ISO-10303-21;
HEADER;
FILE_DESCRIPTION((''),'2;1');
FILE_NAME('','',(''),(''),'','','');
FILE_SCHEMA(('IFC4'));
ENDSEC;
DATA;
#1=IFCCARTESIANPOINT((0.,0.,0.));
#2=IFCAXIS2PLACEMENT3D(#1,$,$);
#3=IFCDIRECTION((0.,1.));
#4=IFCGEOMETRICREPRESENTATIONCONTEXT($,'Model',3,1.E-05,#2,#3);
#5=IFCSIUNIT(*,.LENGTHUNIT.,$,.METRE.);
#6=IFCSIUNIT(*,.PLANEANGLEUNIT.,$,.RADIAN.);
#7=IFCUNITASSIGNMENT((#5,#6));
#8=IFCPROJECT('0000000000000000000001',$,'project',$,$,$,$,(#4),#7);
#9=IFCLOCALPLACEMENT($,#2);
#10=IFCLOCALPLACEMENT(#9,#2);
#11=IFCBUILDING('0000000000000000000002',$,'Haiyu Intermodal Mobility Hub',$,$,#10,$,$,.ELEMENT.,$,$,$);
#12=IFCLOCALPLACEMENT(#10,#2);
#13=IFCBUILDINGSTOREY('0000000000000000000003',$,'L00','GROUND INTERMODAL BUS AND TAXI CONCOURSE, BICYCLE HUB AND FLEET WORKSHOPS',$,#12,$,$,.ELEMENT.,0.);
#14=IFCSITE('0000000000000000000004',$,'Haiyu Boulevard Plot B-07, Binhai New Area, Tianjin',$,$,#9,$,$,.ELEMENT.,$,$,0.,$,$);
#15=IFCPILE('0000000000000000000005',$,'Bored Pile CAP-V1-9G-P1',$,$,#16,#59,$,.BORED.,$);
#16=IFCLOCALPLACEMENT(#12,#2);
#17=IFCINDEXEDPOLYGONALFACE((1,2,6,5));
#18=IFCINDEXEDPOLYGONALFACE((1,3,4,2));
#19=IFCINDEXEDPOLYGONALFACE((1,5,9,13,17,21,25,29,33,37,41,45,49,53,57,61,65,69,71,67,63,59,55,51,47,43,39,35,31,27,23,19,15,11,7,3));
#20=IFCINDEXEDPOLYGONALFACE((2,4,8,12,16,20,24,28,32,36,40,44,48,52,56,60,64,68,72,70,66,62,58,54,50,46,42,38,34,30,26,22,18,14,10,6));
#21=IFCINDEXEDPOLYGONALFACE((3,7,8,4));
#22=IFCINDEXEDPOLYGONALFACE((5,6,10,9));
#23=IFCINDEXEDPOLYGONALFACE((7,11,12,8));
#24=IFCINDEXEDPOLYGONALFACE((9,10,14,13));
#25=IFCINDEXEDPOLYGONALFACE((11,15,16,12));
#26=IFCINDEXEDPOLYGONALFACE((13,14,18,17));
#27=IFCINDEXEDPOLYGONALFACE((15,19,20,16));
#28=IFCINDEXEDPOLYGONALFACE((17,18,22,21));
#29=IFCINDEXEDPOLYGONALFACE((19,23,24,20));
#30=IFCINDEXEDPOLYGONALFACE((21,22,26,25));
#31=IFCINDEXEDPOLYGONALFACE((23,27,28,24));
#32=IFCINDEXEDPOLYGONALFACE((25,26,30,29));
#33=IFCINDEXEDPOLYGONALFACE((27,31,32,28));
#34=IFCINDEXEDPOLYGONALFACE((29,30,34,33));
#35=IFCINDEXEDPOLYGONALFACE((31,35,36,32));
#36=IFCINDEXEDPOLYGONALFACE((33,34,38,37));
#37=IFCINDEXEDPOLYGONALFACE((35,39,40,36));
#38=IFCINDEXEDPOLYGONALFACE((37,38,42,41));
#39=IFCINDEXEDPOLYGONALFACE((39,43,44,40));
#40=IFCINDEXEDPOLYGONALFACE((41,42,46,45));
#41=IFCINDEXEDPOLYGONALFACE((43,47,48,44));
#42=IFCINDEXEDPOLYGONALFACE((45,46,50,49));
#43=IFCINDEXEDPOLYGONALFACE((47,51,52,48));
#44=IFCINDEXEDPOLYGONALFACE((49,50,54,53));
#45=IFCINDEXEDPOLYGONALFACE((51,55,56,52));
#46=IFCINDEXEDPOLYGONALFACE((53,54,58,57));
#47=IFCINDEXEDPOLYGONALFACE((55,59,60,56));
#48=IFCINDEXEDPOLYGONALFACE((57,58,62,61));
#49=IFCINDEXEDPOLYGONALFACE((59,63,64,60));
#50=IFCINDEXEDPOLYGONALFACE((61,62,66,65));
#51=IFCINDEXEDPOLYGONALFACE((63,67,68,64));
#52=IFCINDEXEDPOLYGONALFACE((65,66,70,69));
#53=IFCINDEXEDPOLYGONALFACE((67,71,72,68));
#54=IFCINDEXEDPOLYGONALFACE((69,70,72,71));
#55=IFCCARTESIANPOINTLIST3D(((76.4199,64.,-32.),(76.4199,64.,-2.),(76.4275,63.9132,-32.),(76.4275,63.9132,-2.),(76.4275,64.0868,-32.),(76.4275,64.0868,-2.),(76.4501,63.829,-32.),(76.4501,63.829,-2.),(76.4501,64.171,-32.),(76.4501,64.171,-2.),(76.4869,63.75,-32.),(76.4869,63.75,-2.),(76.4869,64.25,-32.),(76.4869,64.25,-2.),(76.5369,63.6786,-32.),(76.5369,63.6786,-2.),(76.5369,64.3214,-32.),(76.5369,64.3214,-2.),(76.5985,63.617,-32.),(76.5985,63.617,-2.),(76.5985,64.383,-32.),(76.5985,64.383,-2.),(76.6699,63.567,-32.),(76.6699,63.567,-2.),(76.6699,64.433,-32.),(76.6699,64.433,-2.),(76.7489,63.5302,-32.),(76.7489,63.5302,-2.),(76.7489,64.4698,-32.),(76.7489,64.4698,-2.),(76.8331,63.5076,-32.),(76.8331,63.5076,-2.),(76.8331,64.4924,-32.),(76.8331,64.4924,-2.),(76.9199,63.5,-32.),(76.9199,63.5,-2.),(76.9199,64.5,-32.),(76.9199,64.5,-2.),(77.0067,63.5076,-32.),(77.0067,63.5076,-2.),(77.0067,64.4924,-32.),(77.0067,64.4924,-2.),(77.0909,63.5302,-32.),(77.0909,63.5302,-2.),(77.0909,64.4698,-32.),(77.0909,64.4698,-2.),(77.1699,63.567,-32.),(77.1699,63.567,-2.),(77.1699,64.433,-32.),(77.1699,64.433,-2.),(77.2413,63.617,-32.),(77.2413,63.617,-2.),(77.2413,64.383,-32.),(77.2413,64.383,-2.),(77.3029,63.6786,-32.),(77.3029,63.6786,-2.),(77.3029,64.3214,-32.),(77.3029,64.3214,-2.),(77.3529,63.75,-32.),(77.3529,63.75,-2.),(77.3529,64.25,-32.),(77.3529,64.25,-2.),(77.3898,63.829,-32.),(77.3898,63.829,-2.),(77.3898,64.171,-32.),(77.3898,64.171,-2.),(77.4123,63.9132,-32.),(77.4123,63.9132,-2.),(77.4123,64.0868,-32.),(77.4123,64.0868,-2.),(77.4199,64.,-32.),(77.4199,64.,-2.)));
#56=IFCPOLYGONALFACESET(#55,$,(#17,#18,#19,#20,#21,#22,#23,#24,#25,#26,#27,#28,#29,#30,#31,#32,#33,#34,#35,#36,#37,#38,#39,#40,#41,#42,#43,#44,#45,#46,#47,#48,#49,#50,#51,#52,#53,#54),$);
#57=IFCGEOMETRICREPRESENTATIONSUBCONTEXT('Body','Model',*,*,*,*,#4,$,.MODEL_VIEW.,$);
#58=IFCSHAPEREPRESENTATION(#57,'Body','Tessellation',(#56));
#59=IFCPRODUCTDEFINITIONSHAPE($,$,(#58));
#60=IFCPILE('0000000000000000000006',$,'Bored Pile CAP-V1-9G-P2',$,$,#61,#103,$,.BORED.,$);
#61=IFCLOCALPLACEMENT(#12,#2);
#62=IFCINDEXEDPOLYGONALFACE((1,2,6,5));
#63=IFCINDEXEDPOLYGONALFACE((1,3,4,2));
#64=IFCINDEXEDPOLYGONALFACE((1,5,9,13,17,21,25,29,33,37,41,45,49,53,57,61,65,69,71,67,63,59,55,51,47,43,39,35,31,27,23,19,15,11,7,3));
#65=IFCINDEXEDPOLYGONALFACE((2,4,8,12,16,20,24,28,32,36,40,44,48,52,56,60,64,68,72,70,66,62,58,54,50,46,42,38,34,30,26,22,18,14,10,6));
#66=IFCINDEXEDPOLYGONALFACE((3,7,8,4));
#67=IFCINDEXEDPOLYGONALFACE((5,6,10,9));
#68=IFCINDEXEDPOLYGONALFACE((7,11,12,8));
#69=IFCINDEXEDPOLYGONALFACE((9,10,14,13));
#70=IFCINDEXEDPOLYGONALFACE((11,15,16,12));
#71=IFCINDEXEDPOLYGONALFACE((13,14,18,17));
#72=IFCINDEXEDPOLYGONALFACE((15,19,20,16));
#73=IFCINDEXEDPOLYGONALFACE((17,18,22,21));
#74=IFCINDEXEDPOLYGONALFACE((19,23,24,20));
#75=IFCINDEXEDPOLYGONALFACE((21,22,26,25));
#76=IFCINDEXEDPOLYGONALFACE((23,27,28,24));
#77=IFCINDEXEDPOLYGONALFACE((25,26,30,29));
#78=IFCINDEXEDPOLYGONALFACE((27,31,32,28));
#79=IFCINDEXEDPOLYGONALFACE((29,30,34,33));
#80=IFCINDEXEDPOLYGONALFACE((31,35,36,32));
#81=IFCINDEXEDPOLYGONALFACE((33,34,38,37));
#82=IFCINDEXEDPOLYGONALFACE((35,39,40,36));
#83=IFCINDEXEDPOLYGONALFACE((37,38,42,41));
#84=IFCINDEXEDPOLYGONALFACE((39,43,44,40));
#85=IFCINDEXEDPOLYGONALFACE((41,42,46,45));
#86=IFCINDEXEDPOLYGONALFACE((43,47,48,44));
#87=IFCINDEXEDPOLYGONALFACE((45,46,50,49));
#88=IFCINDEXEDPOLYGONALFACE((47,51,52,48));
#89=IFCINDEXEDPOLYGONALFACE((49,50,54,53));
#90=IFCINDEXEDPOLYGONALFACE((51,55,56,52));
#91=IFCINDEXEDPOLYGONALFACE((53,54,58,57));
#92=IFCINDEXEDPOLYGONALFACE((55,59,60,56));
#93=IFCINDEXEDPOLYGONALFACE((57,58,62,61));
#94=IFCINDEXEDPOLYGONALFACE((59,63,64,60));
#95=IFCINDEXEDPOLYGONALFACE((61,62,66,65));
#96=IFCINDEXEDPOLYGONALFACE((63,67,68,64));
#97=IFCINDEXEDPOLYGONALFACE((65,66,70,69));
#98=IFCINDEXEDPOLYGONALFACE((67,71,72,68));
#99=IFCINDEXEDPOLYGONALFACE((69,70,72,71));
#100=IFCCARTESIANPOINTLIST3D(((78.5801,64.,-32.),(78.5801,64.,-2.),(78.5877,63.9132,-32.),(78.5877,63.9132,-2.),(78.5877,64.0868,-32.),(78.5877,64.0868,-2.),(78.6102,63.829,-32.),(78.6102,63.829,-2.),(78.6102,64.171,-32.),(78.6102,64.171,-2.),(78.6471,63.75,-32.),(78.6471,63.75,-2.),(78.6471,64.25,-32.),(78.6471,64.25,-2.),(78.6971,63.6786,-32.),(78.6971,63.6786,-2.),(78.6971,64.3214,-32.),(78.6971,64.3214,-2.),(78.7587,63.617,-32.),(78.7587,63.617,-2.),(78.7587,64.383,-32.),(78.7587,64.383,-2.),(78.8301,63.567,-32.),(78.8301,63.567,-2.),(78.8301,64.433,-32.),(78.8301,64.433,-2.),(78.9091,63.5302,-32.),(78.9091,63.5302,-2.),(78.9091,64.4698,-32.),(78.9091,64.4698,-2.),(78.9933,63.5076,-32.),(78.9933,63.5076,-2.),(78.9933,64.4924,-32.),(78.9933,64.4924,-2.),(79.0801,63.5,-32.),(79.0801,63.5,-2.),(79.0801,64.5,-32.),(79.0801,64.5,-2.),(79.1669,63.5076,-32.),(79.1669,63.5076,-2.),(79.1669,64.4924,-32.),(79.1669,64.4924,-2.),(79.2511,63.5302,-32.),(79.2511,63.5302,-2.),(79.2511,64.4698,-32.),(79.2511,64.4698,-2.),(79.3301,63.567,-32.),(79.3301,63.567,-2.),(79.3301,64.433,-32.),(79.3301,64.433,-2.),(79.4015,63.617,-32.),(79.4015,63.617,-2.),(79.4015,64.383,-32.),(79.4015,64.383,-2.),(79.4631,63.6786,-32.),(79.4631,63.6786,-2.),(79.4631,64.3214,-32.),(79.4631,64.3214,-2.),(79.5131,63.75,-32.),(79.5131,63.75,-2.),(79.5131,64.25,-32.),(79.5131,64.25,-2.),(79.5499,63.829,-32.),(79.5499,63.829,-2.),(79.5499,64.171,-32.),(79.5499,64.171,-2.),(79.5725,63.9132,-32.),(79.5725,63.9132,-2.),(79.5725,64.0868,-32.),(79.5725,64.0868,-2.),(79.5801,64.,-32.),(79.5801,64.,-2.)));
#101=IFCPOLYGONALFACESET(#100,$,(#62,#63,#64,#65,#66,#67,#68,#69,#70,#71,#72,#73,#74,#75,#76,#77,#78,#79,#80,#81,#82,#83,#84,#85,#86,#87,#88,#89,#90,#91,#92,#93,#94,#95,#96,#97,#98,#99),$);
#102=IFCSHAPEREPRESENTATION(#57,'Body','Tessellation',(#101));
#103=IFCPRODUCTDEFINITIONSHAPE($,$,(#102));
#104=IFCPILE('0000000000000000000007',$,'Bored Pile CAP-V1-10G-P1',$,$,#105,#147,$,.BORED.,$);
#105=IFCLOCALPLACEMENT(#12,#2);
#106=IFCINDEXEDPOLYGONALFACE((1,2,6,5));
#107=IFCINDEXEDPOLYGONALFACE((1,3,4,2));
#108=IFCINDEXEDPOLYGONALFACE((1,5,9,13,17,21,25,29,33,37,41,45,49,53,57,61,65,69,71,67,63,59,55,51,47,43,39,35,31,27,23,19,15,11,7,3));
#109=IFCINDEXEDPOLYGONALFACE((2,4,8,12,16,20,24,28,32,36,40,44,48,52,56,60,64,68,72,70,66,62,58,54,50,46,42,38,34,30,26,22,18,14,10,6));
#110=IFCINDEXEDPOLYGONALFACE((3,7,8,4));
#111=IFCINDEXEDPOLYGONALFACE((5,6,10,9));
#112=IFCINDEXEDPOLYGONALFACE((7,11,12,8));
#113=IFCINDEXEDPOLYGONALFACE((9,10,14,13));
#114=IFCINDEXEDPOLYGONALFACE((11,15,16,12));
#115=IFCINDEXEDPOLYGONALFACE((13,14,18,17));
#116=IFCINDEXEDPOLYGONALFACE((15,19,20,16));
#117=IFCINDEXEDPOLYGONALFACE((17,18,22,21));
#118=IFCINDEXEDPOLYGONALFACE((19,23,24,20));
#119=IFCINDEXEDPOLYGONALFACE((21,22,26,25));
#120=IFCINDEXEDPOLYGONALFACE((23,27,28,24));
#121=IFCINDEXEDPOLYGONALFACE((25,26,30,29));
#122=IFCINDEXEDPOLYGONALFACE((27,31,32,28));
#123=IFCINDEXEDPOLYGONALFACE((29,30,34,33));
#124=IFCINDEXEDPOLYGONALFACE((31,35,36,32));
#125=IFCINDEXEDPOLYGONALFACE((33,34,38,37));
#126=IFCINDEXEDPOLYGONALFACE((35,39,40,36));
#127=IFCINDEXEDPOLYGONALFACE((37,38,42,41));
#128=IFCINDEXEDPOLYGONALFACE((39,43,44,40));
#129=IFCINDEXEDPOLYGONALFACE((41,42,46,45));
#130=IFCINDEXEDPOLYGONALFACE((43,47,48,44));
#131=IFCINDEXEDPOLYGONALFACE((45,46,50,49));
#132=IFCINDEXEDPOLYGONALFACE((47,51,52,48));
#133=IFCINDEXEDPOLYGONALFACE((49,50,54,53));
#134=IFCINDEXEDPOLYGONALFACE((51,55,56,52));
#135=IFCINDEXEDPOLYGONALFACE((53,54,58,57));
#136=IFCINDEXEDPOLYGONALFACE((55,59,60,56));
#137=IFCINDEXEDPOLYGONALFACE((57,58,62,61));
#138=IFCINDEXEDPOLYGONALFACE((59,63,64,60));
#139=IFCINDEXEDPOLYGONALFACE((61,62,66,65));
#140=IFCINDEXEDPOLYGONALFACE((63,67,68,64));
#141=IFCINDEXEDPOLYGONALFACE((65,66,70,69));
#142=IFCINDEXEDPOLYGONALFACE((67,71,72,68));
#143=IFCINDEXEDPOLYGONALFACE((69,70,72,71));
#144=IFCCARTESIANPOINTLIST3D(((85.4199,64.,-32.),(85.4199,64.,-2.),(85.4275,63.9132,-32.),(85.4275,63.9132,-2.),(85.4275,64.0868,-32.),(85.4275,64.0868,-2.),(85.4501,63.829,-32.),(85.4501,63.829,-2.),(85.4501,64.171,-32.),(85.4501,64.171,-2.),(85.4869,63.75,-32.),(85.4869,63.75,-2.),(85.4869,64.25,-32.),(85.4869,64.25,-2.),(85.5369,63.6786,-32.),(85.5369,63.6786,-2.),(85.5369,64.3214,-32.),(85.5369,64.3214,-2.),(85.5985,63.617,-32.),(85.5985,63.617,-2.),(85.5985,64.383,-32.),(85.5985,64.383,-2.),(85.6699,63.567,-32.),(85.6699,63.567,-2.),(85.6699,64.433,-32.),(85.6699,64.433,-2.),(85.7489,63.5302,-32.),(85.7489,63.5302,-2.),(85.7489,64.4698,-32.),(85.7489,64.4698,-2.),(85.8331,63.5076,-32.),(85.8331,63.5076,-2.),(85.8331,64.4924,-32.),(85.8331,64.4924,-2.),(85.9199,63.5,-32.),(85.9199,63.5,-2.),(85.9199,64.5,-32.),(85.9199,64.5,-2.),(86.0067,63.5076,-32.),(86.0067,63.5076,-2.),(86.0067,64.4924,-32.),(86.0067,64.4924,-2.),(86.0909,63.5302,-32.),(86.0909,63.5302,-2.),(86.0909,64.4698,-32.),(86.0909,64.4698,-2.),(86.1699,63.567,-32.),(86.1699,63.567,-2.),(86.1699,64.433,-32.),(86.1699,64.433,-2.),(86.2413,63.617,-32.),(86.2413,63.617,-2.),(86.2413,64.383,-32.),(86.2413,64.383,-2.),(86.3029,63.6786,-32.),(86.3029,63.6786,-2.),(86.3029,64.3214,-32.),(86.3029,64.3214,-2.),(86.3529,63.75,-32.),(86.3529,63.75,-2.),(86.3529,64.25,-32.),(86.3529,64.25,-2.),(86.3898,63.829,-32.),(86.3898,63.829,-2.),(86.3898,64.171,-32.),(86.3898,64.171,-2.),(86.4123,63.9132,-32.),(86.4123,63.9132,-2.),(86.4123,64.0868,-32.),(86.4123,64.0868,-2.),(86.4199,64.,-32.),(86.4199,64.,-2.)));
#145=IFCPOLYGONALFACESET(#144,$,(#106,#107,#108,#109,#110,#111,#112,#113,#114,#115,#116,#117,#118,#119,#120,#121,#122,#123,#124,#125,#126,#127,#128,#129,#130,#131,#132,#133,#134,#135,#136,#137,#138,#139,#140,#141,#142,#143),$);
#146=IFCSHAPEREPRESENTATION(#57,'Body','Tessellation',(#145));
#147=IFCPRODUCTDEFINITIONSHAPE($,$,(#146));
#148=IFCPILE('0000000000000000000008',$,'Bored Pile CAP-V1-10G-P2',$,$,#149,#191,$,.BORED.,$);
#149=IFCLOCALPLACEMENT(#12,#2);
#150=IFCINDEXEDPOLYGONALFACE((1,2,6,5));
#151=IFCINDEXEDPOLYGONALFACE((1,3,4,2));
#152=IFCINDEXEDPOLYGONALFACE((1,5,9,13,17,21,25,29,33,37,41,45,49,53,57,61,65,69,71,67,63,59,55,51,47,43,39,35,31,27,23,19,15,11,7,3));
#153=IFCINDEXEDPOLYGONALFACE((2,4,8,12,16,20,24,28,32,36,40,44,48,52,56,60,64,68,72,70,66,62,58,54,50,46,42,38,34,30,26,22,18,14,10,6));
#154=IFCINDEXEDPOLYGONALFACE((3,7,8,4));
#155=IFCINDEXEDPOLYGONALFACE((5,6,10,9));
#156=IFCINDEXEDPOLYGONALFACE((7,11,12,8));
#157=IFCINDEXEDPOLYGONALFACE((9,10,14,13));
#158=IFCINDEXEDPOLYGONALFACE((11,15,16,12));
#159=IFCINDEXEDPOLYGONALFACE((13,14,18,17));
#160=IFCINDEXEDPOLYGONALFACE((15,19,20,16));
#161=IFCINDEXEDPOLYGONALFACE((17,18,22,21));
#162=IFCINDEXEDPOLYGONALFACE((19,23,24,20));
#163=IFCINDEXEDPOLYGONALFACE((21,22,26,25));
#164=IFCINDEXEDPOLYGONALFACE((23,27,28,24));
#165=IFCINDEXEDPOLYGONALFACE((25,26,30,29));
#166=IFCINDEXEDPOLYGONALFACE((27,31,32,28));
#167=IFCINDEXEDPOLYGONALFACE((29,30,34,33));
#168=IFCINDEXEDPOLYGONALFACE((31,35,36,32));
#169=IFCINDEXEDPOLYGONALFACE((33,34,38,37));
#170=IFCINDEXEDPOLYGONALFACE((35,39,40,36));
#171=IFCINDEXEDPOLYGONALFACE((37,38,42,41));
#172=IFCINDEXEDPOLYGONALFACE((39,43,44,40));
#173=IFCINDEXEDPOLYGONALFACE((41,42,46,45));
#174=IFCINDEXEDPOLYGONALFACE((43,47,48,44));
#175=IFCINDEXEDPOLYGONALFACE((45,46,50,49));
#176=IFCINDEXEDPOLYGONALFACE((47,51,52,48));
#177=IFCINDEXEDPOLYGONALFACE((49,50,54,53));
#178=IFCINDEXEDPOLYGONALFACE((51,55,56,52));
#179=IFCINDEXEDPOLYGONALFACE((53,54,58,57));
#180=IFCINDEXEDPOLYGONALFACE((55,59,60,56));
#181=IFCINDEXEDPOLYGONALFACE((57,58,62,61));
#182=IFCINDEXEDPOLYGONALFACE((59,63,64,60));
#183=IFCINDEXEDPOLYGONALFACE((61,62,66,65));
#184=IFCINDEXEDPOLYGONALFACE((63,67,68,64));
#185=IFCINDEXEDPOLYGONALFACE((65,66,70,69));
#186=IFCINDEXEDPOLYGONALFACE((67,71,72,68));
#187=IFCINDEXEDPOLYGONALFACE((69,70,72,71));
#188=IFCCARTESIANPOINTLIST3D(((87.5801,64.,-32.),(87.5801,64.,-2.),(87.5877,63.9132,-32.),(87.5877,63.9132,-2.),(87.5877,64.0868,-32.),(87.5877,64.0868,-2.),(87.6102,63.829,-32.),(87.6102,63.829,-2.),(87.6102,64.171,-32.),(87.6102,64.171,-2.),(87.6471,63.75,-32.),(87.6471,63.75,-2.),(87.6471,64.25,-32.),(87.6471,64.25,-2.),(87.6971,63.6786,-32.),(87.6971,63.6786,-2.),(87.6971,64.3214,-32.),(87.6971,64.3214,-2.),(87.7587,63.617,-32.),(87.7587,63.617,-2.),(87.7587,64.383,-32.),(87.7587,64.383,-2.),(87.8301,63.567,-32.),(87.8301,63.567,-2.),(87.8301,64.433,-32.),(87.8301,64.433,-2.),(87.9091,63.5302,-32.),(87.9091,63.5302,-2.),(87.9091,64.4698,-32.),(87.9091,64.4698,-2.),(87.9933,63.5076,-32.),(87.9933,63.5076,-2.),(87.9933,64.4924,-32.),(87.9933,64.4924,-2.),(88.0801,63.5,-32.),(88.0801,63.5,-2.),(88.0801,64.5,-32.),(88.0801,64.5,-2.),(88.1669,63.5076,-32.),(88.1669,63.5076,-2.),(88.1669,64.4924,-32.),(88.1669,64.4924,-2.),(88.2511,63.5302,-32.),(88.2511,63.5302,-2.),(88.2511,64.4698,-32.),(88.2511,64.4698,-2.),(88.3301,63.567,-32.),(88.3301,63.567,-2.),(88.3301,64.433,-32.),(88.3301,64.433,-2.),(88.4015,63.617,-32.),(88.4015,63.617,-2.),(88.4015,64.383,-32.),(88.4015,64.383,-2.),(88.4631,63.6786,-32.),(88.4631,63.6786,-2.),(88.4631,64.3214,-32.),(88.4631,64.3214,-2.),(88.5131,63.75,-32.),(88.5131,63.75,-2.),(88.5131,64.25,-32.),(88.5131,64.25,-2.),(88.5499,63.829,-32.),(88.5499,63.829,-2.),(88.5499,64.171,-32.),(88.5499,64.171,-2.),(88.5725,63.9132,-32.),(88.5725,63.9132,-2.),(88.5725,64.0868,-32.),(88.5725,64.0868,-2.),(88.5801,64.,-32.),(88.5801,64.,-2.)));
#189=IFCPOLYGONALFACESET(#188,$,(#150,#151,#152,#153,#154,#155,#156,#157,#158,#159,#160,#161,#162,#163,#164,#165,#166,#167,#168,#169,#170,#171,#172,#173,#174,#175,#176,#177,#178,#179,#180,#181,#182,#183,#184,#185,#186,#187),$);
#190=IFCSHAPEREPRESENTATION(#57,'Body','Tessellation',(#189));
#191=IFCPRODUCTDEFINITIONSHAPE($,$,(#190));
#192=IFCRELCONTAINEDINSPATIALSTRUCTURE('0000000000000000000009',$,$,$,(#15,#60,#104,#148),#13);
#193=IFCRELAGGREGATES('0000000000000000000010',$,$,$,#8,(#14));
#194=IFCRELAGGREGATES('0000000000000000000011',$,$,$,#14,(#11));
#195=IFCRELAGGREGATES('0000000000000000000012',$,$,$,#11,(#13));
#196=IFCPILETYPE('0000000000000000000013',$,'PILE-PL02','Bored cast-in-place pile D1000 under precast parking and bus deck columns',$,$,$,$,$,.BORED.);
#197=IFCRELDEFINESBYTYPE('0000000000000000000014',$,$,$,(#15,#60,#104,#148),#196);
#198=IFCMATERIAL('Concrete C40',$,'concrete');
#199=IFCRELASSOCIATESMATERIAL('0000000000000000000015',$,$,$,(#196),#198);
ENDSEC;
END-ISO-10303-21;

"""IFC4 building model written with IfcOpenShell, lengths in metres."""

from ifc_helpers import new_model, si_unit, direction, frame, origin, origin_2d, place, context, subcontext, project, spatial, circle, extrude, material, material_profile, profile_set, type_object, element, save


model = new_model("IFC4")

# Units and contexts
model_context = context("Model", 3, precision=1e-05, world=origin(), true_north=direction((0.0, 1.0)))
body_context = subcontext(model_context, "Body", "Model", "MODEL_VIEW")
ifc_project = project(units=[si_unit("LENGTHUNIT", "METRE"), si_unit("PLANEANGLEUNIT", "RADIAN")], contexts=[model_context])

# Site, building, storey
site_placement = place(None, origin())
site = spatial("IfcSite", under=ifc_project, at=site_placement, Name="Haiyu Boulevard Plot B-07, Binhai New Area, Tianjin", CompositionType="ELEMENT", RefElevation=0.0)
building_placement = place(site_placement, origin())
building = spatial("IfcBuilding", under=site, at=building_placement, Name="Haiyu Intermodal Mobility Hub", CompositionType="ELEMENT")
storey_placement = place(building_placement, origin())
storey = spatial("IfcBuildingStorey", under=building, at=storey_placement, Name="L00", Description="GROUND INTERMODAL BUS AND TAXI CONCOURSE, BICYCLE HUB AND FLEET WORKSHOPS", CompositionType="ELEMENT", Elevation=0.0)

# Shared definitions
ifc_material_1 = material(Name="Concrete C40", Category="concrete")

# Piles
ifc_material_profile_1 = material_profile(ifc_material_1, circle(Radius=0.5, at=origin_2d()), Name="PILE-D1000")
ifc_profile_set_1 = profile_set([ifc_material_profile_1], Name="Concrete C40")
pile_type_1 = type_object("IfcPileType", Name="PILE-PL02", Description="Bored cast-in-place pile D1000 under precast parking and bus deck columns", PredefinedType="BORED", material=ifc_profile_set_1)
for number, where, z_axis, x_axis, name in (
    (1, (76.9199, 64.0, -2.0), (0.0, 0.0, -1.0), (1.0, 0.0, 0.0), "Bored Pile CAP-V1-9G-P1"),
    (2, (79.0801, 64.0, -2.0), (0.0, 0.0, -1.0), (1.0, 0.0, 0.0), "Bored Pile CAP-V1-9G-P2"),
    (3, (85.9199, 64.0, -2.0), (0.0, 0.0, -1.0), (1.0, 0.0, 0.0), "Bored Pile CAP-V1-10G-P1"),
    (4, (88.0801, 64.0, -2.0), (0.0, 0.0, -1.0), (1.0, 0.0, 0.0), "Bored Pile CAP-V1-10G-P2"),
):
    element("IfcPile", number, at=place(storey_placement, frame(where, z_axis=z_axis, x_axis=x_axis)), inside=storey, type_object=pile_type_1, Name=name, PredefinedType="BORED", context=body_context, shape_type="SweptSolid", body=[
        extrude(circle(Radius=0.5, at=origin_2d()), origin(), (0.0, 0.0, 1.0), 30.0),
    ])

save(model, "model.ifc")
